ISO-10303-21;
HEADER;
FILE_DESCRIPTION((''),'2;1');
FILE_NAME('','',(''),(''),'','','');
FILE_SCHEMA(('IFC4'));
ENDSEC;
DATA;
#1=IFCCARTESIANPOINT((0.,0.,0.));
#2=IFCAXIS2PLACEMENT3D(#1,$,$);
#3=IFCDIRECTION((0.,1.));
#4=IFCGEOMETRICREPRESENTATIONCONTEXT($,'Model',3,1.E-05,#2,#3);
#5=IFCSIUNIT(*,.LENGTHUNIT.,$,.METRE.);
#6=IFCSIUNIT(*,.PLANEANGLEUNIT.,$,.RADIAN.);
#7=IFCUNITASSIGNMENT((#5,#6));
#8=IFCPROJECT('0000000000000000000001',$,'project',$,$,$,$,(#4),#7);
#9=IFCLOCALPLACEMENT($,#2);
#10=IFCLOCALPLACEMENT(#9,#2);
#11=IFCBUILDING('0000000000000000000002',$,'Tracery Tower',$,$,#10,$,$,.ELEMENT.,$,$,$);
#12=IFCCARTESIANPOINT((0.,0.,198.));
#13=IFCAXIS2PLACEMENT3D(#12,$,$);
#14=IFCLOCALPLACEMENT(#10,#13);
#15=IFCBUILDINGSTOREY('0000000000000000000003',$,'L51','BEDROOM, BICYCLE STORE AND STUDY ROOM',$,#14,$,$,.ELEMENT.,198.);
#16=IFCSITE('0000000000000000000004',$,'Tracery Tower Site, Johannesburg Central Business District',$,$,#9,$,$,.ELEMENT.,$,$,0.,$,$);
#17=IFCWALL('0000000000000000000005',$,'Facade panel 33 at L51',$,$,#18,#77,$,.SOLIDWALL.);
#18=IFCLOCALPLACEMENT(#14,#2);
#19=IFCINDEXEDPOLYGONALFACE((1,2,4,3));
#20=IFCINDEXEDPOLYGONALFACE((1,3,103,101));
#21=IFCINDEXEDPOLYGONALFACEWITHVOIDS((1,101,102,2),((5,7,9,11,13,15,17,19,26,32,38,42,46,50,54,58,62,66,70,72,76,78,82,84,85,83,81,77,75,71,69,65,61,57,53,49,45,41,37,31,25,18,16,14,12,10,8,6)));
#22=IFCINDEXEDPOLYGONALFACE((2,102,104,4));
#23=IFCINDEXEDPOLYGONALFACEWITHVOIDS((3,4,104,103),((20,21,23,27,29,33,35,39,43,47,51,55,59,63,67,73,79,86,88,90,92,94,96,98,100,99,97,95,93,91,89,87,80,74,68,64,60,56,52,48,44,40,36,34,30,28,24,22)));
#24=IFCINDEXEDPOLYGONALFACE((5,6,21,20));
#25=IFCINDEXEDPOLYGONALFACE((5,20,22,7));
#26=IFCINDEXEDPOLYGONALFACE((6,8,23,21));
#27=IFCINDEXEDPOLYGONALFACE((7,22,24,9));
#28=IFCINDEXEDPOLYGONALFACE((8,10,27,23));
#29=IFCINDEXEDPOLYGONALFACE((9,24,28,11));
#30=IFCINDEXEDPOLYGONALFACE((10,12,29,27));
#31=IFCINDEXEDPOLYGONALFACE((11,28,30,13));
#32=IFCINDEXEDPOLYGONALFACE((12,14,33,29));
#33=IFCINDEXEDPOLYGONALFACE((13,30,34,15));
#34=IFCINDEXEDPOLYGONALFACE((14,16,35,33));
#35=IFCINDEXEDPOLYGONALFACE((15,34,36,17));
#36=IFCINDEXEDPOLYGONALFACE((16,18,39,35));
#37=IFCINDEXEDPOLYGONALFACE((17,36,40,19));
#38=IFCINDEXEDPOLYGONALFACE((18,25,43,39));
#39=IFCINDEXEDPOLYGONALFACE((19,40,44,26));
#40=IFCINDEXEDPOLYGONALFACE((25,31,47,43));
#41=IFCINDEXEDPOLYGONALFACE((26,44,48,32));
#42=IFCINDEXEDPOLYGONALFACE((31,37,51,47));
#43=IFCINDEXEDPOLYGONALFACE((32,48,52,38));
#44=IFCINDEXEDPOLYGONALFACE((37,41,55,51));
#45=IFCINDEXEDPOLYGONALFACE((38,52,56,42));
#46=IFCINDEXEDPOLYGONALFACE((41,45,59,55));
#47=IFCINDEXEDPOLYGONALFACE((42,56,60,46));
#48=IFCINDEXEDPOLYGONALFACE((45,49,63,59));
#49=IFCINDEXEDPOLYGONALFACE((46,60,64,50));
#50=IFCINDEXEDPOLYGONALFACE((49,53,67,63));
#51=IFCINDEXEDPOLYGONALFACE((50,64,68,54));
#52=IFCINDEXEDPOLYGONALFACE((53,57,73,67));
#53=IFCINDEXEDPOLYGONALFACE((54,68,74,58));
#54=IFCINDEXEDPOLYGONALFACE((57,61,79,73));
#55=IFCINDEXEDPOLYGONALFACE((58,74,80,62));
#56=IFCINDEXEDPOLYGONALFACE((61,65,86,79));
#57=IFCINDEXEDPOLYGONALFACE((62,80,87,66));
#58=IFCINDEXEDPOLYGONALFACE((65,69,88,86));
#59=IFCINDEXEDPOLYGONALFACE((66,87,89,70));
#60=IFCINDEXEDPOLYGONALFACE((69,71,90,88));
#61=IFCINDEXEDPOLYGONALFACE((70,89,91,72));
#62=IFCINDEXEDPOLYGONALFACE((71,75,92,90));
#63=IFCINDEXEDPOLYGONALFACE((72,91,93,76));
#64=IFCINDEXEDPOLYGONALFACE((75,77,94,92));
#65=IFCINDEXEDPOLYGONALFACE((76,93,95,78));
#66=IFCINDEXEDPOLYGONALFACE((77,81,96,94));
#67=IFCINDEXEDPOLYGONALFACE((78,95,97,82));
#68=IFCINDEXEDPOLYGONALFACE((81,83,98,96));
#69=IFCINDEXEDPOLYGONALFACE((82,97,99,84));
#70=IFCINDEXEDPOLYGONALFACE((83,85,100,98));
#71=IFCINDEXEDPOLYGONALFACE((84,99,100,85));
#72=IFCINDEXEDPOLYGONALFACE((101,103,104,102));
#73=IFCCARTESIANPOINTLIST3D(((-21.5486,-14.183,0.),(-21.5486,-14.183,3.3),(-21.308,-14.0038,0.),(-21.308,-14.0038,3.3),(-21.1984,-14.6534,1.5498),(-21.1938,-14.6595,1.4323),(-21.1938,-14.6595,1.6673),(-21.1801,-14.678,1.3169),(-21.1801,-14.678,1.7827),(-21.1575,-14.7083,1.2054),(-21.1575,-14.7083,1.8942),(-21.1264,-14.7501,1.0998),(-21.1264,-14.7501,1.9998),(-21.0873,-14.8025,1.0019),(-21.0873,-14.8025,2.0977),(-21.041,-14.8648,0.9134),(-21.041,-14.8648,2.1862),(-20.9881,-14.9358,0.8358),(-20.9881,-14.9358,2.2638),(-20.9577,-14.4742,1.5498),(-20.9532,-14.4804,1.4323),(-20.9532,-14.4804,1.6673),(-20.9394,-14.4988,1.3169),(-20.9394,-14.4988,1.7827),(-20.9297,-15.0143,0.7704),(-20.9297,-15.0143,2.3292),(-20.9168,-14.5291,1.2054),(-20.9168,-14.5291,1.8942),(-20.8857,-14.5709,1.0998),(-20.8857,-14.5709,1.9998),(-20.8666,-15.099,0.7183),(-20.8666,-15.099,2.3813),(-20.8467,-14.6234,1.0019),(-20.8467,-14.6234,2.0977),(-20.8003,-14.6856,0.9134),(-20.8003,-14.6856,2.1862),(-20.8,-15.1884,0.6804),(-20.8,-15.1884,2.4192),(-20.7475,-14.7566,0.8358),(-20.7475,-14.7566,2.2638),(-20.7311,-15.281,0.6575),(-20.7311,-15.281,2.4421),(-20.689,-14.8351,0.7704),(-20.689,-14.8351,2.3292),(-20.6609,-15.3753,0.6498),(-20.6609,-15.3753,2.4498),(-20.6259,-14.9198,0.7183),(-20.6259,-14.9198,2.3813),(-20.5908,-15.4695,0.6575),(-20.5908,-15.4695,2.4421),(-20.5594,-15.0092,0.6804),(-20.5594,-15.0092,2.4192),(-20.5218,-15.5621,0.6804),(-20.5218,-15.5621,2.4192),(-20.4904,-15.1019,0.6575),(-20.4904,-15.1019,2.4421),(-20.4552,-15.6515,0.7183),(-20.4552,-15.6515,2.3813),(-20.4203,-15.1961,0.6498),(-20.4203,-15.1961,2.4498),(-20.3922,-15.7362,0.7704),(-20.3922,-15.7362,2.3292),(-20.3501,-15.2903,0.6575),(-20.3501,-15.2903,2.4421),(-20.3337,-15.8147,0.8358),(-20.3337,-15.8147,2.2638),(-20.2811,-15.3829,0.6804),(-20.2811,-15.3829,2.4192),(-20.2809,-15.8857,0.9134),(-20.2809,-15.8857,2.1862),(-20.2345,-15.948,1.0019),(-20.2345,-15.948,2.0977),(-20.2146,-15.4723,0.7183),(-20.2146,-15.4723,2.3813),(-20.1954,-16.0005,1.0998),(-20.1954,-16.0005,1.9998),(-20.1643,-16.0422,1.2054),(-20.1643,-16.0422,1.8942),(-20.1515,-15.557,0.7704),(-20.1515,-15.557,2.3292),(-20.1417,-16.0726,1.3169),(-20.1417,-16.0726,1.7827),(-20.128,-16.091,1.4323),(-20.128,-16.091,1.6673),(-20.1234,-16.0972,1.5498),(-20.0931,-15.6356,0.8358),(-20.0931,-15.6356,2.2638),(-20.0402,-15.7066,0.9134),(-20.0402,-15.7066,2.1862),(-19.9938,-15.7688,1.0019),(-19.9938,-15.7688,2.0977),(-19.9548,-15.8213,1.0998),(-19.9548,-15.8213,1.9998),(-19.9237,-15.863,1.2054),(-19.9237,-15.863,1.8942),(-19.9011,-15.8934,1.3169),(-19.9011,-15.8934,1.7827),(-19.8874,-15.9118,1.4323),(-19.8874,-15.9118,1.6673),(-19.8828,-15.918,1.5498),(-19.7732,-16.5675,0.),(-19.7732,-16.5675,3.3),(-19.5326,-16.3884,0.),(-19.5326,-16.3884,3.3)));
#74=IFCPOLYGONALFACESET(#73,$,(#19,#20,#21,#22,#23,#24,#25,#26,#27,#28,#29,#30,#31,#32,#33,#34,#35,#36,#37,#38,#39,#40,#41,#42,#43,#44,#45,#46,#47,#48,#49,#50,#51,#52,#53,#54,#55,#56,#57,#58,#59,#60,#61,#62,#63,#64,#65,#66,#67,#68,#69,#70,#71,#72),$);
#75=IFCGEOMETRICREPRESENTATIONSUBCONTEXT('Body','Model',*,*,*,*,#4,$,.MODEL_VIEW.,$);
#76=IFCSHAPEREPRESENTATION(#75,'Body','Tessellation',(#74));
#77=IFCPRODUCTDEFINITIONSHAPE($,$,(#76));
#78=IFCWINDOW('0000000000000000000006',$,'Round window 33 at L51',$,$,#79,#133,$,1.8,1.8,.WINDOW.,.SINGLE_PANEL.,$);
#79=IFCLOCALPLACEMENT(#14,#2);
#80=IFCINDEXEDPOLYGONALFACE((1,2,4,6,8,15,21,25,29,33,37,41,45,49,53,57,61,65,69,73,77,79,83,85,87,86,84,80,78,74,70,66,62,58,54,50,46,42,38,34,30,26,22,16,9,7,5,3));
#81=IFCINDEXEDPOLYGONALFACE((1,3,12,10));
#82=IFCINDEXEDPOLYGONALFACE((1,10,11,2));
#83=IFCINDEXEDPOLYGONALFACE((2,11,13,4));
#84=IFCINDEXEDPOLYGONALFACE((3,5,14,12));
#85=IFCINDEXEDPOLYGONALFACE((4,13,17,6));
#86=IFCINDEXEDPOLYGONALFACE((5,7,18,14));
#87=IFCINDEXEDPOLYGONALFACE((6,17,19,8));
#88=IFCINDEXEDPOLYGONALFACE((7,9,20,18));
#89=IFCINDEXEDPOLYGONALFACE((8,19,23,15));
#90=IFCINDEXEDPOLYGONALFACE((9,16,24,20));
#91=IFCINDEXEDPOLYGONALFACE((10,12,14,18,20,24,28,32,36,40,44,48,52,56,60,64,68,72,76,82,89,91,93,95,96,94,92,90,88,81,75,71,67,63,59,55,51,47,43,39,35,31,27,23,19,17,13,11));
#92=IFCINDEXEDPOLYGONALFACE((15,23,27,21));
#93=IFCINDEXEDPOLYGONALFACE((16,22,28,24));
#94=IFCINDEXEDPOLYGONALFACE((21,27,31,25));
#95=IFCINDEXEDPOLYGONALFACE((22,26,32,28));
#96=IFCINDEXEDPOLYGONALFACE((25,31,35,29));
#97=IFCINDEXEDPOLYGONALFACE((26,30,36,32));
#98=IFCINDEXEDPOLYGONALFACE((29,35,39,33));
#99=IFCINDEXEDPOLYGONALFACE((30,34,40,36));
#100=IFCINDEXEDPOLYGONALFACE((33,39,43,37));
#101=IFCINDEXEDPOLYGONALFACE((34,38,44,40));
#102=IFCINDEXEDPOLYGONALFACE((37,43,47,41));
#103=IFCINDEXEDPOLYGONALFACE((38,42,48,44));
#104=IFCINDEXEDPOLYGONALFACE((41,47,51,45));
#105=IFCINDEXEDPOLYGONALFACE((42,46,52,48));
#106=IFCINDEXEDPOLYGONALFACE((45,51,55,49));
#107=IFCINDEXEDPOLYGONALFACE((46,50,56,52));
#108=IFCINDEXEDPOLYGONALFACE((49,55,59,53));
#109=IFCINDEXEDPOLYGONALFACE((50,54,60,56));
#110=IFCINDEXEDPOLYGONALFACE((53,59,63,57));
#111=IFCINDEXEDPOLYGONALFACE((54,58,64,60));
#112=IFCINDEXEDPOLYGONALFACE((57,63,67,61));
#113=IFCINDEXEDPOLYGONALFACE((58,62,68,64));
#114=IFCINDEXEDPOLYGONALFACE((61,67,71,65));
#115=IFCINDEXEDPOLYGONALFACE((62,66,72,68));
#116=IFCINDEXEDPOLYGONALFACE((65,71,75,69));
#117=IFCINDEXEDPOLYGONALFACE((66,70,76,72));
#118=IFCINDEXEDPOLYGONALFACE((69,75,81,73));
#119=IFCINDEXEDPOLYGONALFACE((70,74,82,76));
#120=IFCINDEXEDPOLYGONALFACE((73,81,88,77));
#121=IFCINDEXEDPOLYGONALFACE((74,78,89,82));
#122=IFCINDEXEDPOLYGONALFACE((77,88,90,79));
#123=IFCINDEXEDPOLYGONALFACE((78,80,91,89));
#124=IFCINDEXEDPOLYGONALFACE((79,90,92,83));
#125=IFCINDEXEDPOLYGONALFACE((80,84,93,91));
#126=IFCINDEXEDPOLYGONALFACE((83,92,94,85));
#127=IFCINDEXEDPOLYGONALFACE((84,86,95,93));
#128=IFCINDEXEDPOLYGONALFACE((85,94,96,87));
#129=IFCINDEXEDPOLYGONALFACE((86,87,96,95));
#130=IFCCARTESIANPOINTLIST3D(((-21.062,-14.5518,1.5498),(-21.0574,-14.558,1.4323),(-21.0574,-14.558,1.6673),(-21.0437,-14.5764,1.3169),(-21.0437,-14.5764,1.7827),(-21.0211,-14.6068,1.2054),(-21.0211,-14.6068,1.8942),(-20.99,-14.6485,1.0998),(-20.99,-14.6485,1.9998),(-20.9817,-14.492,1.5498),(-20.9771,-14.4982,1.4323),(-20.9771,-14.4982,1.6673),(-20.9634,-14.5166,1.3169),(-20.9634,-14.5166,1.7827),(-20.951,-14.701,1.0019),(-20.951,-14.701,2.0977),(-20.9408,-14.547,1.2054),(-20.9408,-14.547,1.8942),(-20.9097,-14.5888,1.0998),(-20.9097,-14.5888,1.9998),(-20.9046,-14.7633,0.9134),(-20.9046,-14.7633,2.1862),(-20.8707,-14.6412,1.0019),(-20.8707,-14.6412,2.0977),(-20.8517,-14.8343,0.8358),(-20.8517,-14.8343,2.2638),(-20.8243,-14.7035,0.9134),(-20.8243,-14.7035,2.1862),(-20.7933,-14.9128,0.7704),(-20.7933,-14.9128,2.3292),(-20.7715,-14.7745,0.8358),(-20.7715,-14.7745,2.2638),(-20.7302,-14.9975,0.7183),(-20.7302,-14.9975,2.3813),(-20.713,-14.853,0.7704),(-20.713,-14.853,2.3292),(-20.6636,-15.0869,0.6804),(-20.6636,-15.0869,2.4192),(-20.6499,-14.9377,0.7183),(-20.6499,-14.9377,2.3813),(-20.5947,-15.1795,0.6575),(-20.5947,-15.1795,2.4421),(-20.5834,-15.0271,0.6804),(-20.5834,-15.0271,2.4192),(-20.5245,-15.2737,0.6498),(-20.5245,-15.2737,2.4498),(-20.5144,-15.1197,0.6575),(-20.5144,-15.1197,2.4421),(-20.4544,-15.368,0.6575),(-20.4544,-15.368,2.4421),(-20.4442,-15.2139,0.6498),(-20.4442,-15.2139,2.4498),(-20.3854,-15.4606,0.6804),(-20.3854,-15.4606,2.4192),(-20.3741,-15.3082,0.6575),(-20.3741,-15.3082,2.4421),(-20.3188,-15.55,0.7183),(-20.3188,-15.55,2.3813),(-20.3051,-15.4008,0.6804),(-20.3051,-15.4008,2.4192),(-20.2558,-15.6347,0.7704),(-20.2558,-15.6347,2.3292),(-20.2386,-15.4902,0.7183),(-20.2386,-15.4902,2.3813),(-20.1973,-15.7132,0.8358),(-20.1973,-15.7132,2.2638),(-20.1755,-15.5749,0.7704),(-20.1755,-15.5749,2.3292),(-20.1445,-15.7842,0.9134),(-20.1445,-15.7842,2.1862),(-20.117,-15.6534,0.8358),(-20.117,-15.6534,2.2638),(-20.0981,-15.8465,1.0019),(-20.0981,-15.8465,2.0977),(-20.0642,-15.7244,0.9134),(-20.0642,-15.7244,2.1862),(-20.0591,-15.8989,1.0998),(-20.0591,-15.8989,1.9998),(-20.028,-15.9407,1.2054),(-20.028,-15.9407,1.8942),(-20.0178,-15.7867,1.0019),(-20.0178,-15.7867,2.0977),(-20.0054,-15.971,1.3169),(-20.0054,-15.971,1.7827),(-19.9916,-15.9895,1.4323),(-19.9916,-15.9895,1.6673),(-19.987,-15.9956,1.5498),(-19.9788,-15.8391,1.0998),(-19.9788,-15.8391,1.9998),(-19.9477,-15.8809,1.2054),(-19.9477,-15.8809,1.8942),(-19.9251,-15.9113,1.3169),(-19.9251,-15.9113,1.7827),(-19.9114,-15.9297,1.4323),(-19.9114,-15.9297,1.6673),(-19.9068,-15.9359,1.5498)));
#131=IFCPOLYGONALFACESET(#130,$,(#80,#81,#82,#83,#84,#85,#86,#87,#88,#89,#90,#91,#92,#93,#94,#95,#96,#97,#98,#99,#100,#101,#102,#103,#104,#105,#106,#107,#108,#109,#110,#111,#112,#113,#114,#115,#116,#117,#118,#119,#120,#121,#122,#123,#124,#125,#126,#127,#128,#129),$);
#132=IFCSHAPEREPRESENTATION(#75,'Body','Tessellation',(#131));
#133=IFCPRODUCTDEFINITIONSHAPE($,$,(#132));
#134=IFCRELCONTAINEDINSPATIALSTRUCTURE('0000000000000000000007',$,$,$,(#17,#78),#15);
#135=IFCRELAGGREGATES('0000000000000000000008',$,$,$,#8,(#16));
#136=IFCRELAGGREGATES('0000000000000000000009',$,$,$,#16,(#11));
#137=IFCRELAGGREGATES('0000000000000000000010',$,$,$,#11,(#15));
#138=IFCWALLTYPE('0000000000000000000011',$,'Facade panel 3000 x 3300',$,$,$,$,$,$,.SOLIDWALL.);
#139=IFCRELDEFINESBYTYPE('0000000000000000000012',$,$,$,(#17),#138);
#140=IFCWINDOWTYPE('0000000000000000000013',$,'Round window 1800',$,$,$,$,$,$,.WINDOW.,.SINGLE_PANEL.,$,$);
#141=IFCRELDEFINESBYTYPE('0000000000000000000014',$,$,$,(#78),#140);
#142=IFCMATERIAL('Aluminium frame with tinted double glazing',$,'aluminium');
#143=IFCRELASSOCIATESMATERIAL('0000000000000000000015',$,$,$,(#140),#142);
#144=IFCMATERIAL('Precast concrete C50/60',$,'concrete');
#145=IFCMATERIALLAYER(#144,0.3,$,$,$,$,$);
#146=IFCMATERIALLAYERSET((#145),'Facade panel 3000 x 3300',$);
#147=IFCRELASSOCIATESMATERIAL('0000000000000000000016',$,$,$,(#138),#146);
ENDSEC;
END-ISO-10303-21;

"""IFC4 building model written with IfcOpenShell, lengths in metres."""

from ifc_helpers import new_model, si_unit, direction, frame, frame_2d, origin, origin_2d, place, context, subcontext, project, spatial, rectangle, circle, extrude, material, layer, layer_set, type_object, element, fill, save


model = new_model("IFC4")

# Units and contexts
model_context = context("Model", 3, precision=1e-05, world=origin(), true_north=direction((0.0, 1.0)))
body_context = subcontext(model_context, "Body", "Model", "MODEL_VIEW")
ifc_project = project(units=[si_unit("LENGTHUNIT", "METRE"), si_unit("PLANEANGLEUNIT", "RADIAN")], contexts=[model_context])

# Site, building, storey
site_placement = place(None, origin())
site = spatial("IfcSite", under=ifc_project, at=site_placement, Name="Tracery Tower Site, Johannesburg Central Business District", CompositionType="ELEMENT", RefElevation=0.0)
building_placement = place(site_placement, origin())
building = spatial("IfcBuilding", under=site, at=building_placement, Name="Tracery Tower", CompositionType="ELEMENT")
storey_placement = place(building_placement, frame((0.0, 0.0, 198.0)))
storey = spatial("IfcBuildingStorey", under=building, at=storey_placement, Name="L51", Description="BEDROOM, BICYCLE STORE AND STUDY ROOM", CompositionType="ELEMENT", Elevation=198.0)

# Wall, opening, window
ifc_material_1 = material(Name="Aluminium frame with tinted double glazing", Category="aluminium")
window_type = type_object("IfcWindowType", Name="Round window 1800", PartitioningType="SINGLE_PANEL", PredefinedType="WINDOW", material=ifc_material_1)
ifc_material_2 = material(Name="Precast concrete C50/60", Category="concrete")
ifc_layer_1 = layer(ifc_material_2, 0.3)
ifc_layer_set_1 = layer_set([ifc_layer_1], Name="Facade panel 3000 x 3300")
wall_type_1 = type_object("IfcWallType", Name="Facade panel 3000 x 3300", PredefinedType="SOLIDWALL", material=ifc_layer_set_1)
wall_1_placement = place(storey_placement, frame((-21.4282, -14.0935, 0.0), z_axis=(0.0, 0.0, 1.0), x_axis=(0.597198, -0.802094, 0.0)))
wall_1 = element("IfcWall", 1, at=wall_1_placement, inside=storey, type_object=wall_type_1, Name="Facade panel 33 at L51", PredefinedType="SOLIDWALL", context=body_context, shape_type="SweptSolid", body=[
    extrude(rectangle(XDim=2.9729, YDim=0.3, at=frame_2d((1.4863, 0.0))), origin(), (0.0, 0.0, 1.0), 3.3),
])
opening_1_placement = place(wall_1_placement, frame((1.4863, 0.0, 1.5498)))
opening_1 = element("IfcOpeningElement", 2, at=opening_1_placement, cuts=wall_1, PredefinedType="OPENING", context=body_context, shape_type="SweptSolid", body=[
    extrude(circle(Radius=0.9, at=origin_2d()), frame((0.0, 0.1599, 0.0), z_axis=(0.0, -1.0, 0.0), x_axis=(1.0, 0.0, 0.0)), (0.0, 0.0, 1.0), 0.3201),
])
window_1_placement = place(opening_1_placement, origin())
window_1 = element("IfcWindow", 3, at=window_1_placement, inside=storey, type_object=window_type, Name="Round window 33 at L51", OverallHeight=1.8, OverallWidth=1.8, PartitioningType="SINGLE_PANEL", PredefinedType="WINDOW", context=body_context, shape_type="SweptSolid", body=[
    extrude(circle(Radius=0.9, at=origin_2d()), frame((0.0, 0.1201, 0.0), z_axis=(0.0, -1.0, 0.0), x_axis=(1.0, 0.0, 0.0)), (0.0, 0.0, 1.0), 0.1001),
])
fill(opening_1, window_1)

save(model, "model.ifc")
